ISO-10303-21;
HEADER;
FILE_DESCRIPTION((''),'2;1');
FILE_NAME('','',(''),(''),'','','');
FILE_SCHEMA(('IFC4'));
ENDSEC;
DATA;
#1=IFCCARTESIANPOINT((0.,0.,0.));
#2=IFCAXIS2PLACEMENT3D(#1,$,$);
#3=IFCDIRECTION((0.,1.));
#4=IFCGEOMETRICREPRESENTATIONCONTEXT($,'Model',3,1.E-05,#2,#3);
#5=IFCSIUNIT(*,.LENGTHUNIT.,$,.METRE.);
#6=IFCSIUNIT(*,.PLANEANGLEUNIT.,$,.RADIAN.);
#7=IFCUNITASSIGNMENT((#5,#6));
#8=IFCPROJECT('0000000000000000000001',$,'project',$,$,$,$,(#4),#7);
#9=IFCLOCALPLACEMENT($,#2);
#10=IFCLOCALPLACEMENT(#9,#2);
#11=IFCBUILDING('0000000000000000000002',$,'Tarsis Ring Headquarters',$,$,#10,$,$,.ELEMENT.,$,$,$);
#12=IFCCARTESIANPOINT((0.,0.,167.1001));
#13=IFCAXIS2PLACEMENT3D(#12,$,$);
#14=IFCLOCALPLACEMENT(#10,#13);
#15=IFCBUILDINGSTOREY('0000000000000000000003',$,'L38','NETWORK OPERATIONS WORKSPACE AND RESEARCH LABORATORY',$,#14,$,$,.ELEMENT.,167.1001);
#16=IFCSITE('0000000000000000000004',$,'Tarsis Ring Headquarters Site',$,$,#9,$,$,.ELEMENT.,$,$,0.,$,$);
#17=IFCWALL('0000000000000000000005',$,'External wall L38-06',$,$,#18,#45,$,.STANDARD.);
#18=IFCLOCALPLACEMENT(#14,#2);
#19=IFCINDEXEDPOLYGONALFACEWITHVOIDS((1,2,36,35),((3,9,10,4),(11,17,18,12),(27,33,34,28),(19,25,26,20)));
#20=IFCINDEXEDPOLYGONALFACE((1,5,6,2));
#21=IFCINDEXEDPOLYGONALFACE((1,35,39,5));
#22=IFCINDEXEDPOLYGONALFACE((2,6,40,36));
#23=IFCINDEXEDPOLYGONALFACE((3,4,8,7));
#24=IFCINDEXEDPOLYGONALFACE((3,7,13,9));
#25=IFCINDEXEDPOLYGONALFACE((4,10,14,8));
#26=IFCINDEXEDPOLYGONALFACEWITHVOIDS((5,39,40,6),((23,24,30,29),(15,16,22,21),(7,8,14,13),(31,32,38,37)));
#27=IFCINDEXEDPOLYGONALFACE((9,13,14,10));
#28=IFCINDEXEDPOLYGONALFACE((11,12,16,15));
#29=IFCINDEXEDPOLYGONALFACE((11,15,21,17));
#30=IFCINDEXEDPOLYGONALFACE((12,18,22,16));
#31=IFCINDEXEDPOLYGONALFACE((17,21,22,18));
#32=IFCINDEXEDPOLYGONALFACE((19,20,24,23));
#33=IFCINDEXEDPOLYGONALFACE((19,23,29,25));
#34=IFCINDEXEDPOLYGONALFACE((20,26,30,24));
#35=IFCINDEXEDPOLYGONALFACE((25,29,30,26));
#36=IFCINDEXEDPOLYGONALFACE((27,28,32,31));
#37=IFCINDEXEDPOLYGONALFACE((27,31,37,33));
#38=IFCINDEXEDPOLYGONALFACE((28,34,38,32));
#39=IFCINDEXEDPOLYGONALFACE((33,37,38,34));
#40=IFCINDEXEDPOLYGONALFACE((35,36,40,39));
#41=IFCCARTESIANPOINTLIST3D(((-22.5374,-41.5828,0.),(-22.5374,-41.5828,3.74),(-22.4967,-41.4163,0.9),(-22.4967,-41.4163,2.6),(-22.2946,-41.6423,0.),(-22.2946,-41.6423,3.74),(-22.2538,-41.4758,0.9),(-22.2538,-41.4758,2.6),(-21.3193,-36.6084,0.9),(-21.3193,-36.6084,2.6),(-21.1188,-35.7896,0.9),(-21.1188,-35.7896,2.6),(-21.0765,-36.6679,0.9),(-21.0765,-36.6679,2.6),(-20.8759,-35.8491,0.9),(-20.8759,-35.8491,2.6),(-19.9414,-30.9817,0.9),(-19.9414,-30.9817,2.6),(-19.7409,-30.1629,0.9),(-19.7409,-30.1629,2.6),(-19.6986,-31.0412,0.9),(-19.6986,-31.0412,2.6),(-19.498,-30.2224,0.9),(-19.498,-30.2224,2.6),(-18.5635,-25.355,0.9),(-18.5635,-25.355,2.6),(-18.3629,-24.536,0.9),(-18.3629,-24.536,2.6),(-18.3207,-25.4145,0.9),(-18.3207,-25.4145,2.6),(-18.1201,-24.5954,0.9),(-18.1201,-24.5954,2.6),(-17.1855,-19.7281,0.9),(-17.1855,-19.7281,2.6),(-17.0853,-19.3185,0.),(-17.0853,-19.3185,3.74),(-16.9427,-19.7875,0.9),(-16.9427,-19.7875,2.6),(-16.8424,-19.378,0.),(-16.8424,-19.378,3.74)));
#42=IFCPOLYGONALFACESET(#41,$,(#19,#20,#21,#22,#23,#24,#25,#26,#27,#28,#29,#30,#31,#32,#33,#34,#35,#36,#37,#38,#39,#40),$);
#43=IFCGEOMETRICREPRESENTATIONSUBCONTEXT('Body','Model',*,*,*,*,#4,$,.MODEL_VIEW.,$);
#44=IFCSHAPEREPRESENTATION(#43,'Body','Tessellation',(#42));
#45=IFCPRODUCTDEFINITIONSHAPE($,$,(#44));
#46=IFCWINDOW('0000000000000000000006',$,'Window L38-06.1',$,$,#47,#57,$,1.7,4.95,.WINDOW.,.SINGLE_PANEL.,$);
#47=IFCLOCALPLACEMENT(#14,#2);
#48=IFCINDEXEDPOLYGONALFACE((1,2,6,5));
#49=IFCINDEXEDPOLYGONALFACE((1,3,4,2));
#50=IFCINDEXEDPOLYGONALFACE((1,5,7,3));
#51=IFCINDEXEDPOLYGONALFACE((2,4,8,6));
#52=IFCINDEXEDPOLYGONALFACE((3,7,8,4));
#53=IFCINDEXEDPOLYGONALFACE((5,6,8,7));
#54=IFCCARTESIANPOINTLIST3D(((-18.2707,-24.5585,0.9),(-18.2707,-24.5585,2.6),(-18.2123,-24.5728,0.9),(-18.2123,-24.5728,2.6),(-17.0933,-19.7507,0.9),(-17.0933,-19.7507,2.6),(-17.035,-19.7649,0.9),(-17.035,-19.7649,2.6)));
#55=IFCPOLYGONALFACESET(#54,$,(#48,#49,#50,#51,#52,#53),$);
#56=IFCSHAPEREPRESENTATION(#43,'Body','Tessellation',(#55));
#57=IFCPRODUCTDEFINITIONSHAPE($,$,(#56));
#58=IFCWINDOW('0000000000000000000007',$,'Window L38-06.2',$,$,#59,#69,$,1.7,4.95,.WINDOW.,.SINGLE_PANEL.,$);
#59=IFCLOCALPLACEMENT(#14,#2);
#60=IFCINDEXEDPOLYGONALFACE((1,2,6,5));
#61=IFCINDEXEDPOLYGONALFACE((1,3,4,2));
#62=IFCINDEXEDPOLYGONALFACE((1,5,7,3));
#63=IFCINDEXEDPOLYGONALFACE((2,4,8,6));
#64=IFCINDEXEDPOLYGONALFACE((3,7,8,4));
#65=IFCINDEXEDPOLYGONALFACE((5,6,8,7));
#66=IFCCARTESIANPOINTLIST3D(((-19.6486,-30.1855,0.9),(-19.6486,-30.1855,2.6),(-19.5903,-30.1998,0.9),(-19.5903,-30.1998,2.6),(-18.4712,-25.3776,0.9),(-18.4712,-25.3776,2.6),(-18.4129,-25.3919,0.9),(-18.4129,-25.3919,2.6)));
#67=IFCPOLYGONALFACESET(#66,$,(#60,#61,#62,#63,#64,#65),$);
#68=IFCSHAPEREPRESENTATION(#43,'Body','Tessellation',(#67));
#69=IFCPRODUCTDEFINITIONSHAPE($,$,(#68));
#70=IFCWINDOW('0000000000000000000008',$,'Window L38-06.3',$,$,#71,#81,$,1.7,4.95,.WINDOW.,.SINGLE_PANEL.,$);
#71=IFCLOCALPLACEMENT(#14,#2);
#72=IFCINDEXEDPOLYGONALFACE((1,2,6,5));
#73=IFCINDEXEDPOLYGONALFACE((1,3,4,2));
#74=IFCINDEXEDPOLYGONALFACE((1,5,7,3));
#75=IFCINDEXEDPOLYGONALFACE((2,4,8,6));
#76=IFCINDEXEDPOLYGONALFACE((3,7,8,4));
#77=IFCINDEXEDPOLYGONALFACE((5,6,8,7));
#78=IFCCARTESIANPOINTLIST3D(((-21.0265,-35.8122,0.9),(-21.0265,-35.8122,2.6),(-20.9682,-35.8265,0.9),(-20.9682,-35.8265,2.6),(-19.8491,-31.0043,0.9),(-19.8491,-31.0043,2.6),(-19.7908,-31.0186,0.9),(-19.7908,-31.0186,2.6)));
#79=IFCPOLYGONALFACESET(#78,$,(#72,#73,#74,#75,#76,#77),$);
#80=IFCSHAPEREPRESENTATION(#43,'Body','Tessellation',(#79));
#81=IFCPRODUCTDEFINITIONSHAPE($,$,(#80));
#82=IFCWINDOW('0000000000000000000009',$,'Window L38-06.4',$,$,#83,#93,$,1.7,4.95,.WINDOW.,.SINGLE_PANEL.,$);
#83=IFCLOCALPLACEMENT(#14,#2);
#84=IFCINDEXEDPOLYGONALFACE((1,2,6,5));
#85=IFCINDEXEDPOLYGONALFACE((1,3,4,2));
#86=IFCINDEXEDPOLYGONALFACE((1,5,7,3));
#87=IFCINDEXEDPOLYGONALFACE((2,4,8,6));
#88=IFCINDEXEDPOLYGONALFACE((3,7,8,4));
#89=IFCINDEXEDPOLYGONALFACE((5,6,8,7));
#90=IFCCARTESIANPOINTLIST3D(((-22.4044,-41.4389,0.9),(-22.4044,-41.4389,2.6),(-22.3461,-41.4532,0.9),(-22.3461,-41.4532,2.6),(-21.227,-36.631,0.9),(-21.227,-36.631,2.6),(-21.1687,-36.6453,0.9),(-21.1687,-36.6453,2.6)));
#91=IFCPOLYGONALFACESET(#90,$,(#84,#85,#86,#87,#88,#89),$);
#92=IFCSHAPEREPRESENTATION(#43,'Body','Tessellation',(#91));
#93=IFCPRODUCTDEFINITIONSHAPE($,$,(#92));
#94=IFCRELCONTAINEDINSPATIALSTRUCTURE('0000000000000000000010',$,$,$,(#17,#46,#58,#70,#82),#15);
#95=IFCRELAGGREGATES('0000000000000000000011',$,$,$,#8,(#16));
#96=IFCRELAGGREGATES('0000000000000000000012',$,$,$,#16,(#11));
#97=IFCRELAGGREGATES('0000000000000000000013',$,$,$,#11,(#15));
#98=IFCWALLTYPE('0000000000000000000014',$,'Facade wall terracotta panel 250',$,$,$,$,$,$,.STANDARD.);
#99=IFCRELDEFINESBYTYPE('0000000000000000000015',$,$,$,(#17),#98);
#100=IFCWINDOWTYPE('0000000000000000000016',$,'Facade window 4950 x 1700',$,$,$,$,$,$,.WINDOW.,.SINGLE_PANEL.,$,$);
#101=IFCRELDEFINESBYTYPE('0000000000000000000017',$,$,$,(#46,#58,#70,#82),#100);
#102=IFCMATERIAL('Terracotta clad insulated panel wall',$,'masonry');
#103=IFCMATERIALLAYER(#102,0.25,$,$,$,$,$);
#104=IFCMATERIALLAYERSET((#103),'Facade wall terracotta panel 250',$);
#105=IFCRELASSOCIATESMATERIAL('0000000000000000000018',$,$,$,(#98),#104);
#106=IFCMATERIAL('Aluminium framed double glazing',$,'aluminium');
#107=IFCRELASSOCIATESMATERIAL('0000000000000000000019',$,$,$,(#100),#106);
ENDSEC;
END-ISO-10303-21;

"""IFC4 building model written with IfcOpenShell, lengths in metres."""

from ifc_helpers import new_model, si_unit, direction, frame, frame_2d, origin, place, context, subcontext, project, spatial, rectangle, extrude, material, layer, layer_set, type_object, element, fill, save


model = new_model("IFC4")

# Units and contexts
model_context = context("Model", 3, precision=1e-05, world=origin(), true_north=direction((0.0, 1.0)))
body_context = subcontext(model_context, "Body", "Model", "MODEL_VIEW")
ifc_project = project(units=[si_unit("LENGTHUNIT", "METRE"), si_unit("PLANEANGLEUNIT", "RADIAN")], contexts=[model_context])

# Site, building, storey
site_placement = place(None, origin())
site = spatial("IfcSite", under=ifc_project, at=site_placement, Name="Tarsis Ring Headquarters Site", CompositionType="ELEMENT", RefElevation=0.0)
building_placement = place(site_placement, origin())
building = spatial("IfcBuilding", under=site, at=building_placement, Name="Tarsis Ring Headquarters", CompositionType="ELEMENT")
storey_placement = place(building_placement, frame((0.0, 0.0, 167.1001)))
storey = spatial("IfcBuildingStorey", under=building, at=storey_placement, Name="L38", Description="NETWORK OPERATIONS WORKSPACE AND RESEARCH LABORATORY", CompositionType="ELEMENT", Elevation=167.1001)

# Shared definitions
ifc_material_1 = material(Name="Terracotta clad insulated panel wall", Category="masonry")
ifc_layer_1 = layer(ifc_material_1, 0.25)
ifc_layer_set_1 = layer_set([ifc_layer_1], Name="Facade wall terracotta panel 250")
wall_type_1 = type_object("IfcWallType", Name="Facade wall terracotta panel 250", PredefinedType="STANDARD", material=ifc_layer_set_1)
ifc_material_2 = material(Name="Aluminium framed double glazing", Category="aluminium")

# Wall, openings, windows
wall_1_placement = place(storey_placement, frame((-16.9639, -19.3484, 0.0), z_axis=(0.0, 0.0, 1.0), x_axis=(-0.237856, -0.9713, 0.0)))
wall_1 = element("IfcWall", 1, at=wall_1_placement, inside=storey, type_object=wall_type_1, Name="External wall L38-06", PredefinedType="STANDARD", context=body_context, shape_type="SweptSolid", body=[
    extrude(rectangle(XDim=22.9221, YDim=0.25, at=frame_2d((11.4609, 0.0))), origin(), (0.0, 0.0, 1.0), 3.74),
])
opening_1_placement = place(wall_1_placement, frame((0.4214, 0.0, 0.8999)))
opening_1 = element("IfcOpeningElement", 2, at=opening_1_placement, cuts=wall_1, PredefinedType="OPENING", context=body_context, shape_type="SweptSolid", body=[
    extrude(rectangle(XDim=4.95, YDim=1.7, at=frame_2d((2.4751, 0.8501))), frame((0.0, 0.135, 0.0), z_axis=(0.0, -1.0, 0.0), x_axis=(1.0, 0.0, 0.0)), (0.0, 0.0, 1.0), 0.27),
])
opening_2_placement = place(wall_1_placement, frame((6.2146, 0.0, 0.8999)))
opening_2 = element("IfcOpeningElement", 3, at=opening_2_placement, cuts=wall_1, PredefinedType="OPENING", context=body_context, shape_type="SweptSolid", body=[
    extrude(rectangle(XDim=4.95, YDim=1.7, at=frame_2d((2.4751, 0.8501))), frame((0.0, 0.135, 0.0), z_axis=(0.0, -1.0, 0.0), x_axis=(1.0, 0.0, 0.0)), (0.0, 0.0, 1.0), 0.27),
])
opening_3_placement = place(wall_1_placement, frame((12.0076, 0.0, 0.8999)))
opening_3 = element("IfcOpeningElement", 4, at=opening_3_placement, cuts=wall_1, PredefinedType="OPENING", context=body_context, shape_type="SweptSolid", body=[
    extrude(rectangle(XDim=4.95, YDim=1.7, at=frame_2d((2.4751, 0.8501))), frame((0.0, 0.135, 0.0), z_axis=(0.0, -1.0, 0.0), x_axis=(1.0, 0.0, 0.0)), (0.0, 0.0, 1.0), 0.27),
])
opening_4_placement = place(wall_1_placement, frame((17.8005, 0.0, 0.8999)))
opening_4 = element("IfcOpeningElement", 5, at=opening_4_placement, cuts=wall_1, PredefinedType="OPENING", context=body_context, shape_type="SweptSolid", body=[
    extrude(rectangle(XDim=4.95, YDim=1.7, at=frame_2d((2.4751, 0.8501))), frame((0.0, 0.135, 0.0), z_axis=(0.0, -1.0, 0.0), x_axis=(1.0, 0.0, 0.0)), (0.0, 0.0, 1.0), 0.27),
])
window_type_1 = type_object("IfcWindowType", Name="Facade window 4950 x 1700", PartitioningType="SINGLE_PANEL", PredefinedType="WINDOW", material=ifc_material_2)
window_1_placement = place(opening_1_placement, origin())
window_1 = element("IfcWindow", 6, at=window_1_placement, inside=storey, type_object=window_type_1, Name="Window L38-06.1", OverallHeight=1.7, OverallWidth=4.95, PartitioningType="SINGLE_PANEL", PredefinedType="WINDOW", context=body_context, shape_type="SweptSolid", body=[
    extrude(rectangle(XDim=4.95, YDim=1.7, at=frame_2d((2.4751, 0.8501))), frame((0.0, 0.03, 0.0), z_axis=(0.0, -1.0, 0.0), x_axis=(1.0, 0.0, 0.0)), (0.0, 0.0, 1.0), 0.0601),
])
fill(opening_1, window_1)
window_2_placement = place(opening_2_placement, origin())
window_2 = element("IfcWindow", 7, at=window_2_placement, inside=storey, type_object=window_type_1, Name="Window L38-06.2", OverallHeight=1.7, OverallWidth=4.95, PartitioningType="SINGLE_PANEL", PredefinedType="WINDOW", context=body_context, shape_type="SweptSolid", body=[
    extrude(rectangle(XDim=4.95, YDim=1.7, at=frame_2d((2.4751, 0.8501))), frame((0.0, 0.03, 0.0), z_axis=(0.0, -1.0, 0.0), x_axis=(1.0, 0.0, 0.0)), (0.0, 0.0, 1.0), 0.0601),
])
fill(opening_2, window_2)
window_3_placement = place(opening_3_placement, origin())
window_3 = element("IfcWindow", 8, at=window_3_placement, inside=storey, type_object=window_type_1, Name="Window L38-06.3", OverallHeight=1.7, OverallWidth=4.95, PartitioningType="SINGLE_PANEL", PredefinedType="WINDOW", context=body_context, shape_type="SweptSolid", body=[
    extrude(rectangle(XDim=4.95, YDim=1.7, at=frame_2d((2.4751, 0.8501))), frame((0.0, 0.03, 0.0), z_axis=(0.0, -1.0, 0.0), x_axis=(1.0, 0.0, 0.0)), (0.0, 0.0, 1.0), 0.0601),
])
fill(opening_3, window_3)
window_4_placement = place(opening_4_placement, origin())
window_4 = element("IfcWindow", 9, at=window_4_placement, inside=storey, type_object=window_type_1, Name="Window L38-06.4", OverallHeight=1.7, OverallWidth=4.95, PartitioningType="SINGLE_PANEL", PredefinedType="WINDOW", context=body_context, shape_type="SweptSolid", body=[
    extrude(rectangle(XDim=4.95, YDim=1.7, at=frame_2d((2.4751, 0.8501))), frame((0.0, 0.03, 0.0), z_axis=(0.0, -1.0, 0.0), x_axis=(1.0, 0.0, 0.0)), (0.0, 0.0, 1.0), 0.0601),
])
fill(opening_4, window_4)

save(model, "model.ifc")
